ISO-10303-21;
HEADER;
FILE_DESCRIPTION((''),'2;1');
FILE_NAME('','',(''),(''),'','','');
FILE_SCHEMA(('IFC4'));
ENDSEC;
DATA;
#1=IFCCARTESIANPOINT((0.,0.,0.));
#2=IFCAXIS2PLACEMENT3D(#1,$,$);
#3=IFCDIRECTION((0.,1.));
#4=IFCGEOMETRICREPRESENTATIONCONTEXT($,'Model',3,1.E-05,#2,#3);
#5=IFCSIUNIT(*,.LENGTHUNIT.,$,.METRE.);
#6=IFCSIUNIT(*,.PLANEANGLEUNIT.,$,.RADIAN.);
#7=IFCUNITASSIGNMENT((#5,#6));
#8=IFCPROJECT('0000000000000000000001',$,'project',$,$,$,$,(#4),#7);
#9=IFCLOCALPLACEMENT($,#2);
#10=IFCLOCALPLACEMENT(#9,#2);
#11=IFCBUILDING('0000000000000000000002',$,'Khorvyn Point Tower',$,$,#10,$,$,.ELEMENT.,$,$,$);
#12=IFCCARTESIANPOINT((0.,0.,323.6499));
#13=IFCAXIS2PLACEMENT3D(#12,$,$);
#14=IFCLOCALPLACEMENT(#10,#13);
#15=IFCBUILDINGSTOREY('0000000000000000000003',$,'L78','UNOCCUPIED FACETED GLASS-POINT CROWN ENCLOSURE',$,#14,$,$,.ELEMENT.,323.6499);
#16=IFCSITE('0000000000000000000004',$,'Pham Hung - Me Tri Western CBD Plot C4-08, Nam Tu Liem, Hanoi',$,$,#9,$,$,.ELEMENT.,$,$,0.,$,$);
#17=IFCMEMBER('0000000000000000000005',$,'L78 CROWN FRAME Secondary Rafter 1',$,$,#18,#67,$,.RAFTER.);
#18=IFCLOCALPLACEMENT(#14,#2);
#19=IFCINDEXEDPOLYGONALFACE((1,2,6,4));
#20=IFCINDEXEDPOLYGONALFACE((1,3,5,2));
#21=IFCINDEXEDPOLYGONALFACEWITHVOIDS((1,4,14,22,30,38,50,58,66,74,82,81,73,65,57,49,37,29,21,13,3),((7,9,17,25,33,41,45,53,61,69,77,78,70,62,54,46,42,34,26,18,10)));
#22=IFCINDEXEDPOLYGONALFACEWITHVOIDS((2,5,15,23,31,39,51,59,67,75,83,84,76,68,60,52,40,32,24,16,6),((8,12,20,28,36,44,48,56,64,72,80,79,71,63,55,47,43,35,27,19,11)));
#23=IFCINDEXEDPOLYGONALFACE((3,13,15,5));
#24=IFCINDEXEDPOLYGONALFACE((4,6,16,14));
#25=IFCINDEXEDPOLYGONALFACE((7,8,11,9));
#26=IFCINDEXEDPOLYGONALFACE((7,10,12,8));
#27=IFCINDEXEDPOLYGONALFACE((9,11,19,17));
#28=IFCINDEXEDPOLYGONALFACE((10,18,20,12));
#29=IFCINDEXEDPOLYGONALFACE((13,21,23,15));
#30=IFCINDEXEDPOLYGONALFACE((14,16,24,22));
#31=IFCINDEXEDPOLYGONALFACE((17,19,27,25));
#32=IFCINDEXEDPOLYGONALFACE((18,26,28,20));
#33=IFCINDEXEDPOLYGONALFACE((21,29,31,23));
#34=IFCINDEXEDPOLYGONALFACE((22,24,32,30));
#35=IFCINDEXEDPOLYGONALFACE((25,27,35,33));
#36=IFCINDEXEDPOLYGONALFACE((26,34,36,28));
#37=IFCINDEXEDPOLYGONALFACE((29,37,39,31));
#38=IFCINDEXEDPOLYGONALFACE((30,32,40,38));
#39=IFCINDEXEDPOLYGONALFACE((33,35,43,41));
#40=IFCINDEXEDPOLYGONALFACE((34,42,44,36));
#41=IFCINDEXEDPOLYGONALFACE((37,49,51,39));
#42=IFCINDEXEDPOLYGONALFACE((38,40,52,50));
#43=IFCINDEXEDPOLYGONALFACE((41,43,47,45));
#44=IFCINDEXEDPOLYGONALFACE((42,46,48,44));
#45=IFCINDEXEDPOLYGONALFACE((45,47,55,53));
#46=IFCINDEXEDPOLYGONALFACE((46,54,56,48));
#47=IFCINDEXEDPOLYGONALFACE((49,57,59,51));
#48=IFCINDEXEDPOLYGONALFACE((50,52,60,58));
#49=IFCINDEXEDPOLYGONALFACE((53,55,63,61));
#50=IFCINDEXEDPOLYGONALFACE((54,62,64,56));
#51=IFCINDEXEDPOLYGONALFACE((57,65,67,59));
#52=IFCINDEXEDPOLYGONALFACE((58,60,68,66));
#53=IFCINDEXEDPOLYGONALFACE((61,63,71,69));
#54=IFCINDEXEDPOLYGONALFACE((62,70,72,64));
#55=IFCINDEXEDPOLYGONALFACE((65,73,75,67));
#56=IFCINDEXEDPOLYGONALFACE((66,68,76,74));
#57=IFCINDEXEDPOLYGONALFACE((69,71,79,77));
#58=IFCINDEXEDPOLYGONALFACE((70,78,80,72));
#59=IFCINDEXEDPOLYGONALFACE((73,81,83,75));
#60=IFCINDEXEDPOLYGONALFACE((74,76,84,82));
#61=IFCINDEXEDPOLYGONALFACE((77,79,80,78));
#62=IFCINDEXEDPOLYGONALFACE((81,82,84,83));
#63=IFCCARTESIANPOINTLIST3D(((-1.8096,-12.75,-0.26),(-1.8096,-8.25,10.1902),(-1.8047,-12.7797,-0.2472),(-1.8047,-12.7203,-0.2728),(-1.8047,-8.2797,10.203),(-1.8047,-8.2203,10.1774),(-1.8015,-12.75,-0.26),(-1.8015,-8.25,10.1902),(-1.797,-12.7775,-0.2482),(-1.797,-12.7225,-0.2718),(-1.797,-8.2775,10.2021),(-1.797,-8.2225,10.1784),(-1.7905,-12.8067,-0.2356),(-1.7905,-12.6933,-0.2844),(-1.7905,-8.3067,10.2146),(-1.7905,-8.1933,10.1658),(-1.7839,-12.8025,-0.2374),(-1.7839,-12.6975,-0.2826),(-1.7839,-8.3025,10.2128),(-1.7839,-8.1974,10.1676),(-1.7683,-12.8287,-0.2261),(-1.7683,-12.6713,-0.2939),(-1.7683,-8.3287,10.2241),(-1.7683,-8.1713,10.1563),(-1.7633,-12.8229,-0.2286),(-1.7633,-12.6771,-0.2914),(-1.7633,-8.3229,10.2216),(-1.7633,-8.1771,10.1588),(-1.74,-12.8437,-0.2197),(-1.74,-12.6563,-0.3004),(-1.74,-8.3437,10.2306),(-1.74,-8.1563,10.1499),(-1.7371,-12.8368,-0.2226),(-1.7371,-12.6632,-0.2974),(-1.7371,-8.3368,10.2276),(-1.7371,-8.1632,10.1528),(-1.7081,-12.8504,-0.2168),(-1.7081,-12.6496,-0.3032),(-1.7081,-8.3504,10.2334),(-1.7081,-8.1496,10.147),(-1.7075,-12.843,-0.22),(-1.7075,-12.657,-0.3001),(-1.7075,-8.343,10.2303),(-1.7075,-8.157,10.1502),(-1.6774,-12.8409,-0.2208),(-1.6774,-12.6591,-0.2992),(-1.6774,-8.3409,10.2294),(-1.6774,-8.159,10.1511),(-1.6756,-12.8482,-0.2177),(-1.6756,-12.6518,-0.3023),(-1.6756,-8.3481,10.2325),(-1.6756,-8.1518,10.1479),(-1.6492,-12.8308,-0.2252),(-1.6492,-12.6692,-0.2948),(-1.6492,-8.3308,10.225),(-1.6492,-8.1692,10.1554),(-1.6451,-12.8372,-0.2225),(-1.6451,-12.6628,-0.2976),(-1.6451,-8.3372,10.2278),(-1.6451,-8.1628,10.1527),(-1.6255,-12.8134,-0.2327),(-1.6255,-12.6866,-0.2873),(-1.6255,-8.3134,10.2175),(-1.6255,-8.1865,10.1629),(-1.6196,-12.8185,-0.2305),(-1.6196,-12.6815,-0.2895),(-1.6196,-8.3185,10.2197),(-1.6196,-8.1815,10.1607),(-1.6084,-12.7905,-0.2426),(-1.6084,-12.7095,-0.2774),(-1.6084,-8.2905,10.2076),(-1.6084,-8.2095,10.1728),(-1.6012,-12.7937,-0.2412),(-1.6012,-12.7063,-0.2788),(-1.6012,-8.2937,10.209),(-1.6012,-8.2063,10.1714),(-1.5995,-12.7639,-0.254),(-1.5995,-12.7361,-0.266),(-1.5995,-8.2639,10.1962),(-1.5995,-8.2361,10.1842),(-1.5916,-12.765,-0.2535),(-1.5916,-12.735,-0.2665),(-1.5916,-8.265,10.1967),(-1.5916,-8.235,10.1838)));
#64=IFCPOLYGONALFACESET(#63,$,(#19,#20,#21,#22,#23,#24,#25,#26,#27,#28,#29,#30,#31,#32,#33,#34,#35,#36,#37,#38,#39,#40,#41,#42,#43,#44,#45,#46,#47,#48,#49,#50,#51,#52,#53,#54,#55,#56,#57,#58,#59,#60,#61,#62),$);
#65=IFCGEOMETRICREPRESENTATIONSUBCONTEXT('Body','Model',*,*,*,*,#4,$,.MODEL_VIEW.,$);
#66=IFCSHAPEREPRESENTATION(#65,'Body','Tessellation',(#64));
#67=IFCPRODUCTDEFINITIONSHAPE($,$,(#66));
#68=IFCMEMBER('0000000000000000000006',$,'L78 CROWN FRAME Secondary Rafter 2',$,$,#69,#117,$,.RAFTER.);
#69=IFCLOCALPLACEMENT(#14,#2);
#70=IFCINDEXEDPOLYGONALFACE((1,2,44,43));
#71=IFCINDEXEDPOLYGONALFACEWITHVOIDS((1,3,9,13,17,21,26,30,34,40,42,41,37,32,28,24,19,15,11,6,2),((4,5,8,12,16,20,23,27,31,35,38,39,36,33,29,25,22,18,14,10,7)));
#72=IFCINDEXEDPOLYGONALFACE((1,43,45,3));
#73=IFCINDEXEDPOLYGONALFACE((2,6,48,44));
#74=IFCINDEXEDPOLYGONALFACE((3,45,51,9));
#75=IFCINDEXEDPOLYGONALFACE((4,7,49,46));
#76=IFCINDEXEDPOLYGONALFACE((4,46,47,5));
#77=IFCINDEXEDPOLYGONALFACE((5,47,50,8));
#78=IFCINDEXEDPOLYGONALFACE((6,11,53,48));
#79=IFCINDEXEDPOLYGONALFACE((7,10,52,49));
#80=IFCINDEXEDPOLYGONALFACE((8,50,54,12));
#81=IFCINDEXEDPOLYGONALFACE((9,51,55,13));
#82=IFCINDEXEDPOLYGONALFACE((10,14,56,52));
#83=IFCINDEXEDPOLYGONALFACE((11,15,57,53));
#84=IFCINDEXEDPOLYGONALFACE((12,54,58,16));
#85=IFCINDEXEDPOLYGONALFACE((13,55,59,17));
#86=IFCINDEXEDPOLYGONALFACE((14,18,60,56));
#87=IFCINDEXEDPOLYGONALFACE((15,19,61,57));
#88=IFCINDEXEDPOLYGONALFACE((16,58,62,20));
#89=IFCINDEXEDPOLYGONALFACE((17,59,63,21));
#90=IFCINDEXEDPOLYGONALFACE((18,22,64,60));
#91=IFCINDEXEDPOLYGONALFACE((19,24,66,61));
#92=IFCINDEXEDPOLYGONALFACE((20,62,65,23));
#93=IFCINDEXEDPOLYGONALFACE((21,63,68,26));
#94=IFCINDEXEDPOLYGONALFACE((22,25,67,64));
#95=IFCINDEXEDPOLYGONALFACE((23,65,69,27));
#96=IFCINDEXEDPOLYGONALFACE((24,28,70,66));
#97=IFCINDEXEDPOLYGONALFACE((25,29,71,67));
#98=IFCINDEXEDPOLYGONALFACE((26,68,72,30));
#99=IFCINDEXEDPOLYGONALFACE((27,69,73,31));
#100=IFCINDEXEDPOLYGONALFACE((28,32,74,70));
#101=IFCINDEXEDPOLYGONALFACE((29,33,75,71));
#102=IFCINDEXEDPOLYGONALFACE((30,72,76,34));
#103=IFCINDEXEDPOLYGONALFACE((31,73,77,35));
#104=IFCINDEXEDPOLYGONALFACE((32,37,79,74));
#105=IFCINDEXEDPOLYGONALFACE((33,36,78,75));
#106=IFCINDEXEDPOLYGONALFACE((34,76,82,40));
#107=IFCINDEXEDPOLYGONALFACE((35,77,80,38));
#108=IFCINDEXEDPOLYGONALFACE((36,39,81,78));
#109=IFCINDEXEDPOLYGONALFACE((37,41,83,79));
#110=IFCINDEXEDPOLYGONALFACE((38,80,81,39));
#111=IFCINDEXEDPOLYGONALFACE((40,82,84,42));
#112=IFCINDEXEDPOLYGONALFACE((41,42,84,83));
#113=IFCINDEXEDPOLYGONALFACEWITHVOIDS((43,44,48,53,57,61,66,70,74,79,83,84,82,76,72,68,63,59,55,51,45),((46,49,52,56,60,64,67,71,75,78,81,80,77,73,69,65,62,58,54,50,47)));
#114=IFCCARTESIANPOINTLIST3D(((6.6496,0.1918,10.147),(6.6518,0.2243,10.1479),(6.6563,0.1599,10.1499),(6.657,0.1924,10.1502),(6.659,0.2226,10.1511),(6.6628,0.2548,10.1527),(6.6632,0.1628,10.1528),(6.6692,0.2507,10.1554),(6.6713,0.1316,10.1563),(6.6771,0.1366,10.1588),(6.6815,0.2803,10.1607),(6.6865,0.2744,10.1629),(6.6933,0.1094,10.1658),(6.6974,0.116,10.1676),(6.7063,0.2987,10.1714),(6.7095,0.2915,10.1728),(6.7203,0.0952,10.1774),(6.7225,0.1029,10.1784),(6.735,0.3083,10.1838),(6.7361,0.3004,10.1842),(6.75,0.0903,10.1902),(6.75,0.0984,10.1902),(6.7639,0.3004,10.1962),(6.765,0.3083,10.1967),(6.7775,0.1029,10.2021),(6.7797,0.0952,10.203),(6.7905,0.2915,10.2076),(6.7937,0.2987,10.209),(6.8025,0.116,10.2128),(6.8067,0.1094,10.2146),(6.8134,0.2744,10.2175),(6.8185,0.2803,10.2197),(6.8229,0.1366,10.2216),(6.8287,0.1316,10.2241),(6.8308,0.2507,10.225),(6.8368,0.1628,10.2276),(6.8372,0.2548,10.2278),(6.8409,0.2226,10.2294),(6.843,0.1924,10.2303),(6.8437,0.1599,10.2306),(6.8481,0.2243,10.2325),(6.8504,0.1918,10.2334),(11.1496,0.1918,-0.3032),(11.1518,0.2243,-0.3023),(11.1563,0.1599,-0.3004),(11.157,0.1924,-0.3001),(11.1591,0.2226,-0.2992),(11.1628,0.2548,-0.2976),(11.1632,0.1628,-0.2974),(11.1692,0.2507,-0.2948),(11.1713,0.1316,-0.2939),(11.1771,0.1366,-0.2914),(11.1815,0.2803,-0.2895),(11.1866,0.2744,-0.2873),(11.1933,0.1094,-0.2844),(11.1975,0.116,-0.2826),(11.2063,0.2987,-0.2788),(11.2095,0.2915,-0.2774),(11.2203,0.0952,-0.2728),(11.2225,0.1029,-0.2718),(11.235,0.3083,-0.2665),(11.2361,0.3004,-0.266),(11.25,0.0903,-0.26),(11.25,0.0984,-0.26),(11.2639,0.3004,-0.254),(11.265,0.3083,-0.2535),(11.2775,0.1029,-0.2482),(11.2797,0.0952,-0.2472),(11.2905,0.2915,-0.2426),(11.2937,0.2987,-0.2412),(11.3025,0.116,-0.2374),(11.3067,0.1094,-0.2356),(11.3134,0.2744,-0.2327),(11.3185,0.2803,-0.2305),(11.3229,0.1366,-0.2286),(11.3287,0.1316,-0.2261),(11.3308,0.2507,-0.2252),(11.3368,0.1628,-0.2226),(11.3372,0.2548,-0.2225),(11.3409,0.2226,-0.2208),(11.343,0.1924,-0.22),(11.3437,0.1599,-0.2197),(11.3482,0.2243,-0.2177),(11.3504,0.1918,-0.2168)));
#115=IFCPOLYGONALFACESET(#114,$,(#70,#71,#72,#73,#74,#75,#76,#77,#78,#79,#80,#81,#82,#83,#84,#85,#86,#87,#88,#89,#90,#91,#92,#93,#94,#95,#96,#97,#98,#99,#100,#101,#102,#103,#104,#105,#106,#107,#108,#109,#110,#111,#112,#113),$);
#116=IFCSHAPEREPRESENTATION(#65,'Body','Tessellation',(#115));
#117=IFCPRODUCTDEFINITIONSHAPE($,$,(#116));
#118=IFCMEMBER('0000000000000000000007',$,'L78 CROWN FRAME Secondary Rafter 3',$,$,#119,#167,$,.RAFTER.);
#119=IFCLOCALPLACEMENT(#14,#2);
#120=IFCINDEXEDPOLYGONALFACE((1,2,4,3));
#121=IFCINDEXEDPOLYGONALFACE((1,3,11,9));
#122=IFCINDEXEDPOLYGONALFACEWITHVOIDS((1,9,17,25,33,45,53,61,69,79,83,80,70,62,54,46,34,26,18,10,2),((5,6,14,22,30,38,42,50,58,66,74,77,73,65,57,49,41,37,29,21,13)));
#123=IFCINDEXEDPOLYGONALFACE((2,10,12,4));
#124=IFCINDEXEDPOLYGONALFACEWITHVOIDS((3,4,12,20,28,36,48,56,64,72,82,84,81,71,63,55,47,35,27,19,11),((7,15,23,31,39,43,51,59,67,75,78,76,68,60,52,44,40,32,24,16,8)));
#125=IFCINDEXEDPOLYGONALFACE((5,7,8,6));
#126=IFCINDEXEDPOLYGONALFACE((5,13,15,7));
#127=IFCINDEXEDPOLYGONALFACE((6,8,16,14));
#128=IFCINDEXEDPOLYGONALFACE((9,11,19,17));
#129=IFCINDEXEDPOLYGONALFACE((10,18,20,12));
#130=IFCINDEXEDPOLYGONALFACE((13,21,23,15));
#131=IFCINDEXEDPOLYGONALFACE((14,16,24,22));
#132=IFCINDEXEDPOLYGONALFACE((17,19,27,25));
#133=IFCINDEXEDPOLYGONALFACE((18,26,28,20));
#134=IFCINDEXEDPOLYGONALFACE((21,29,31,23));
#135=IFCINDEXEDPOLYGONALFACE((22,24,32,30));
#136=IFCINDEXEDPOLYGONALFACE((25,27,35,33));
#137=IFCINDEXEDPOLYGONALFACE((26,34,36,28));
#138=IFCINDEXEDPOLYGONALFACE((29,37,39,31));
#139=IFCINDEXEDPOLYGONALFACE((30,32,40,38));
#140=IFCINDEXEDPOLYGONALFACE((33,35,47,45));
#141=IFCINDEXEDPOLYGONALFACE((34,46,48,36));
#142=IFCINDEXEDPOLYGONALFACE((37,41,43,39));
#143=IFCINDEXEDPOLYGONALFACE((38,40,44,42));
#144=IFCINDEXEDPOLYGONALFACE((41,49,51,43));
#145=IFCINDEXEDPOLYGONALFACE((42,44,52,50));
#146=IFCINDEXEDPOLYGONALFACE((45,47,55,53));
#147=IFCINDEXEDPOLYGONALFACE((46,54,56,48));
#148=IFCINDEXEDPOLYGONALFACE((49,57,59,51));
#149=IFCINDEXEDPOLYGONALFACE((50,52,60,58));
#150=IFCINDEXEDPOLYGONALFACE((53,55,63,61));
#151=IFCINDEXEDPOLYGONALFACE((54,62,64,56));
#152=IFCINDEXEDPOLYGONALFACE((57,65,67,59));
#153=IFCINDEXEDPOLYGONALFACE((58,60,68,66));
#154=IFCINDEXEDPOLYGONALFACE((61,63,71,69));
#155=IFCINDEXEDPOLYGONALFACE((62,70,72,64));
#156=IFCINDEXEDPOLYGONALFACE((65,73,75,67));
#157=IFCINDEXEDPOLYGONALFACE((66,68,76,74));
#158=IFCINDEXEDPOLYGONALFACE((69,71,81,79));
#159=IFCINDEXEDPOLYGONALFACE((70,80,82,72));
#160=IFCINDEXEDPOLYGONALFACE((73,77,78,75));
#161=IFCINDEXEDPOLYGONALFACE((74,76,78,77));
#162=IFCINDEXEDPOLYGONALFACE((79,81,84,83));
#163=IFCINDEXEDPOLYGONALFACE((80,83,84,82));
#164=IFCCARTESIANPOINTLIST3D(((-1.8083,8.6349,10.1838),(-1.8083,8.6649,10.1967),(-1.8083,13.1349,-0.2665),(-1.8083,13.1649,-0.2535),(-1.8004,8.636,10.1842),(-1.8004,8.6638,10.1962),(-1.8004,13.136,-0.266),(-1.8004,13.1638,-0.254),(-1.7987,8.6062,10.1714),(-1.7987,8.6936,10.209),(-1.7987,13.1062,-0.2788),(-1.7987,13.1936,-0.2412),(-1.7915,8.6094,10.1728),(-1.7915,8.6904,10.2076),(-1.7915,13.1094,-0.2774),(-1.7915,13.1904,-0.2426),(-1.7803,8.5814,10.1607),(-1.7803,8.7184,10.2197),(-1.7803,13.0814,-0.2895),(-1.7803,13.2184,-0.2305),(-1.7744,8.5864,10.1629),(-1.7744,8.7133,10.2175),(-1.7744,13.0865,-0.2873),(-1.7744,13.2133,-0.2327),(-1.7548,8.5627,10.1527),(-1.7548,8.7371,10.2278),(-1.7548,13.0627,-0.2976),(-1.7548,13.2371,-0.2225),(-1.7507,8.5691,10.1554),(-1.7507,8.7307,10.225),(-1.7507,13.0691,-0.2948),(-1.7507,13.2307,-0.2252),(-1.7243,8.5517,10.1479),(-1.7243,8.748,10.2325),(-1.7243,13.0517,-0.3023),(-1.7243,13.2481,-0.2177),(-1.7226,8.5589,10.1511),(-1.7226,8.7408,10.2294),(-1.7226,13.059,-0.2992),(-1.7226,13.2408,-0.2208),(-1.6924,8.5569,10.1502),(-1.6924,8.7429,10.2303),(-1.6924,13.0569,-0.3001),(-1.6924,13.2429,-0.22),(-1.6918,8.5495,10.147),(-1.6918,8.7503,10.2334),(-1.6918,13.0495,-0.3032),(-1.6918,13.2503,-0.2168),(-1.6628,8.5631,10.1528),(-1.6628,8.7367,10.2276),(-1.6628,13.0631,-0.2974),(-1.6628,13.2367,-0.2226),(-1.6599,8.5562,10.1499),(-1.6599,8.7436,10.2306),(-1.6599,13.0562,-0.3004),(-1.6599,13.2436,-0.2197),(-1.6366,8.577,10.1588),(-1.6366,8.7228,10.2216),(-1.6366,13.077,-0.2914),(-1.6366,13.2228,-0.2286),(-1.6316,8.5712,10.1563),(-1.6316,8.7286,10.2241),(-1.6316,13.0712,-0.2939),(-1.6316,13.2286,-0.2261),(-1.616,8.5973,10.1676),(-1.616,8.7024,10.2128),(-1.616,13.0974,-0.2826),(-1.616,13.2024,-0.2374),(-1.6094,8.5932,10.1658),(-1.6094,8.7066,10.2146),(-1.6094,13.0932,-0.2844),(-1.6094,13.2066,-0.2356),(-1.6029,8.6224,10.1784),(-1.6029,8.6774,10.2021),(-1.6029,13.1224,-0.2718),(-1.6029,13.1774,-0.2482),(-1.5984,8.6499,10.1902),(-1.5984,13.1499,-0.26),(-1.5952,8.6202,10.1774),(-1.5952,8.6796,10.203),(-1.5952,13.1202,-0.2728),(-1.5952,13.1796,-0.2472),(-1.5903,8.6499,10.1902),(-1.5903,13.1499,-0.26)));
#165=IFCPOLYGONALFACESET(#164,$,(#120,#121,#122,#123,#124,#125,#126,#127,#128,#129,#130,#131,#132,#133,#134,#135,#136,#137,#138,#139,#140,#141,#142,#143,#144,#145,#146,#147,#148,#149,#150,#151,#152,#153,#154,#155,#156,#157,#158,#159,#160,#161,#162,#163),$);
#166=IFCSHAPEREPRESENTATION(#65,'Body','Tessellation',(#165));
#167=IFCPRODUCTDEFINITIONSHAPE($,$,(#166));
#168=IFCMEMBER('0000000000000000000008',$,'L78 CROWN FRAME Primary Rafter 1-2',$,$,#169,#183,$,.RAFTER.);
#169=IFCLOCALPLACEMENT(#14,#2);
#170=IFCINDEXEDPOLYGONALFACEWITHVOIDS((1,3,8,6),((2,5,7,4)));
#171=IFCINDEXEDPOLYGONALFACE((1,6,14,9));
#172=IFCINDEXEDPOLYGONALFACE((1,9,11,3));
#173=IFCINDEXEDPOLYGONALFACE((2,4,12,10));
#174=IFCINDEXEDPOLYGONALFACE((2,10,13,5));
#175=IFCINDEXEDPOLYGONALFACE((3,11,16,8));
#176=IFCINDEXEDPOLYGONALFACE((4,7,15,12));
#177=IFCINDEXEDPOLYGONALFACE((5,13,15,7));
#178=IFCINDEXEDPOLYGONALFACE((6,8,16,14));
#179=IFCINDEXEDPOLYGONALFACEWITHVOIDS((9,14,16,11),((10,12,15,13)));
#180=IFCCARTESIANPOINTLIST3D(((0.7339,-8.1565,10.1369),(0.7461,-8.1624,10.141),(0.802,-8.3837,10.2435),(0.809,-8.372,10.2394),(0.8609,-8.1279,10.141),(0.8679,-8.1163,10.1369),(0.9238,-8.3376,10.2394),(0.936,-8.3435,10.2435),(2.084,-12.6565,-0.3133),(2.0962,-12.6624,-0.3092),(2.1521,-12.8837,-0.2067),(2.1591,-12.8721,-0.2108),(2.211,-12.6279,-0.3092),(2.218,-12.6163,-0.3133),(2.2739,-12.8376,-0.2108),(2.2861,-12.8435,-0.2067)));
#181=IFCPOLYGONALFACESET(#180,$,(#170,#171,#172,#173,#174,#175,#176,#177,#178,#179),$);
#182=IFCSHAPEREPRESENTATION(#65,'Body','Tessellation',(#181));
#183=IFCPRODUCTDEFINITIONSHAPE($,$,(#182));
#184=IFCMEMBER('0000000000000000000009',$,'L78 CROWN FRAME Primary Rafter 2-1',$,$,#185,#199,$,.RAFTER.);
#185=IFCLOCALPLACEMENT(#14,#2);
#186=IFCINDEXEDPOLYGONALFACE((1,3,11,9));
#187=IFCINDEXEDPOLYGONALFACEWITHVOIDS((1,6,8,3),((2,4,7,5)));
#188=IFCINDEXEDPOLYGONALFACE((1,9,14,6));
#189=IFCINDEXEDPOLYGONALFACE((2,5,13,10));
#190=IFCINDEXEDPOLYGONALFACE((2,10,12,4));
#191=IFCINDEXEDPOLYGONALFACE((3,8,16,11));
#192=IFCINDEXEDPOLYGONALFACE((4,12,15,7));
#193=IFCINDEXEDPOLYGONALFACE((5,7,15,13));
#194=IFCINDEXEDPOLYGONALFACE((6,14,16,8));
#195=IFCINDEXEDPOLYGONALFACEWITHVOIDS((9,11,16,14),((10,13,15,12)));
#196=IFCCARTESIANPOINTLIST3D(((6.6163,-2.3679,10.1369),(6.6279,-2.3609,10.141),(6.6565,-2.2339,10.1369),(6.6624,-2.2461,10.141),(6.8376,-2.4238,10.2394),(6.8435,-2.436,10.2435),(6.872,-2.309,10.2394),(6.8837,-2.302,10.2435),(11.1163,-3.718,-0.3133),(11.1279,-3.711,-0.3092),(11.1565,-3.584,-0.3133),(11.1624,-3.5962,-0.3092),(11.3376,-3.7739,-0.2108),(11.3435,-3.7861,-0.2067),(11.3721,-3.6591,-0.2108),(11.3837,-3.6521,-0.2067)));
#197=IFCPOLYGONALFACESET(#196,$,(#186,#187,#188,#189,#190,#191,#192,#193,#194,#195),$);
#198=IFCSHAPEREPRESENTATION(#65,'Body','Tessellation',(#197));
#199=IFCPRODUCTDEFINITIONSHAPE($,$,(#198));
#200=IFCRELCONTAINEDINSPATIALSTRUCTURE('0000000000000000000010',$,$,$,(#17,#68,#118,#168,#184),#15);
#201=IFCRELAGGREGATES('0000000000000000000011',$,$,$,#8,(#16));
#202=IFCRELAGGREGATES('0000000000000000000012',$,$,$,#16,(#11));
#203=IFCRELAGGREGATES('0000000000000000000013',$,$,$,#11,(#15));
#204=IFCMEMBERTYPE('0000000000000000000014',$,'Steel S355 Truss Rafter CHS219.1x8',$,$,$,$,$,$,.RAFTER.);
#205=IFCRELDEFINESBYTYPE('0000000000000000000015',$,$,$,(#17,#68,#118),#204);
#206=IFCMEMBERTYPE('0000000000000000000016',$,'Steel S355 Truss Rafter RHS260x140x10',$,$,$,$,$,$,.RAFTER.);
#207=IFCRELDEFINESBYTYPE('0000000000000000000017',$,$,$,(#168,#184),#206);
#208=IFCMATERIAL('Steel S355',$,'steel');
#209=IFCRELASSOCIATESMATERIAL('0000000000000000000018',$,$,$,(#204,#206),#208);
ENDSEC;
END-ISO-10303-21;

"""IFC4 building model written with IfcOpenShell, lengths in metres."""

from ifc_helpers import new_model, si_unit, direction, frame, origin, origin_2d, place, context, subcontext, project, spatial, hollow_rectangle, hollow_circle, extrude, material, material_profile, profile_set, type_object, element, save


model = new_model("IFC4")

# Units and contexts
model_context = context("Model", 3, precision=1e-05, world=origin(), true_north=direction((0.0, 1.0)))
body_context = subcontext(model_context, "Body", "Model", "MODEL_VIEW")
ifc_project = project(units=[si_unit("LENGTHUNIT", "METRE"), si_unit("PLANEANGLEUNIT", "RADIAN")], contexts=[model_context])

# Site, building, storey
site_placement = place(None, origin())
site = spatial("IfcSite", under=ifc_project, at=site_placement, Name="Pham Hung - Me Tri Western CBD Plot C4-08, Nam Tu Liem, Hanoi", CompositionType="ELEMENT", RefElevation=0.0)
building_placement = place(site_placement, origin())
building = spatial("IfcBuilding", under=site, at=building_placement, Name="Khorvyn Point Tower", CompositionType="ELEMENT")
storey_placement = place(building_placement, frame((0.0, 0.0, 323.6499)))
storey = spatial("IfcBuildingStorey", under=building, at=storey_placement, Name="L78", Description="UNOCCUPIED FACETED GLASS-POINT CROWN ENCLOSURE", CompositionType="ELEMENT", Elevation=323.6499)

# Shared definitions
ifc_material_1 = material(Name="Steel S355", Category="steel")

# Members
ifc_material_profile_1 = material_profile(ifc_material_1, hollow_circle(Radius=0.1096, WallThickness=0.0081, at=origin_2d()))
ifc_profile_set_1 = profile_set([ifc_material_profile_1], Name="Steel S355 CHS219.1x8")
member_type_1 = type_object("IfcMemberType", Name="Steel S355 Truss Rafter CHS219.1x8", PredefinedType="RAFTER", material=ifc_profile_set_1)
for number, where, z_axis, x_axis, name in (
    (1, (-1.7, -12.75, -0.26), (0.0, 0.395504, 0.918464), (-1.0, 0.0, 0.0), "L78 CROWN FRAME Secondary Rafter 1"),
    (2, (11.25, 0.2, -0.26), (-0.395504, 0.0, 0.918464), (0.0, -1.0, 0.0), "L78 CROWN FRAME Secondary Rafter 2"),
    (3, (-1.7, 13.1499, -0.26), (0.0, -0.395504, 0.918464), (1.0, 0.0, 0.0), "L78 CROWN FRAME Secondary Rafter 3"),
):
    element("IfcMember", number, at=place(storey_placement, frame(where, z_axis=z_axis, x_axis=x_axis)), inside=storey, type_object=member_type_1, Name=name, PredefinedType="RAFTER", context=body_context, shape_type="SweptSolid", body=[
        extrude(hollow_circle(Radius=0.1096, WallThickness=0.0081, at=origin_2d()), origin(), (0.0, 0.0, 1.0), 11.3779),
    ])
ifc_material_profile_2 = material_profile(ifc_material_1, hollow_rectangle(XDim=0.1399, YDim=0.26, WallThickness=0.01, at=origin_2d()))
ifc_profile_set_2 = profile_set([ifc_material_profile_2], Name="Steel S355 RHS260x140x10")
member_type_2 = type_object("IfcMemberType", Name="Steel S355 Truss Rafter RHS260x140x10", PredefinedType="RAFTER", material=ifc_profile_set_2)
for number, where, z_axis, x_axis, name in (
    (4, (2.1851, -12.75, -0.26), (-0.117833, 0.392748, 0.912066), (-0.957821, -0.287367, 0.0), "L78 CROWN FRAME Primary Rafter 1-2"),
    (5, (11.25, -3.6851, -0.26), (-0.392748, 0.117833, 0.912066), (-0.287367, -0.957821, 0.0), "L78 CROWN FRAME Primary Rafter 2-1"),
):
    element("IfcMember", number, at=place(storey_placement, frame(where, z_axis=z_axis, x_axis=x_axis)), inside=storey, type_object=member_type_2, Name=name, PredefinedType="RAFTER", context=body_context, shape_type="SweptSolid", body=[
        extrude(hollow_rectangle(XDim=0.1399, YDim=0.26, WallThickness=0.01, at=origin_2d()), origin(), (0.0, 0.0, 1.0), 11.4578),
    ])

save(model, "model.ifc")
